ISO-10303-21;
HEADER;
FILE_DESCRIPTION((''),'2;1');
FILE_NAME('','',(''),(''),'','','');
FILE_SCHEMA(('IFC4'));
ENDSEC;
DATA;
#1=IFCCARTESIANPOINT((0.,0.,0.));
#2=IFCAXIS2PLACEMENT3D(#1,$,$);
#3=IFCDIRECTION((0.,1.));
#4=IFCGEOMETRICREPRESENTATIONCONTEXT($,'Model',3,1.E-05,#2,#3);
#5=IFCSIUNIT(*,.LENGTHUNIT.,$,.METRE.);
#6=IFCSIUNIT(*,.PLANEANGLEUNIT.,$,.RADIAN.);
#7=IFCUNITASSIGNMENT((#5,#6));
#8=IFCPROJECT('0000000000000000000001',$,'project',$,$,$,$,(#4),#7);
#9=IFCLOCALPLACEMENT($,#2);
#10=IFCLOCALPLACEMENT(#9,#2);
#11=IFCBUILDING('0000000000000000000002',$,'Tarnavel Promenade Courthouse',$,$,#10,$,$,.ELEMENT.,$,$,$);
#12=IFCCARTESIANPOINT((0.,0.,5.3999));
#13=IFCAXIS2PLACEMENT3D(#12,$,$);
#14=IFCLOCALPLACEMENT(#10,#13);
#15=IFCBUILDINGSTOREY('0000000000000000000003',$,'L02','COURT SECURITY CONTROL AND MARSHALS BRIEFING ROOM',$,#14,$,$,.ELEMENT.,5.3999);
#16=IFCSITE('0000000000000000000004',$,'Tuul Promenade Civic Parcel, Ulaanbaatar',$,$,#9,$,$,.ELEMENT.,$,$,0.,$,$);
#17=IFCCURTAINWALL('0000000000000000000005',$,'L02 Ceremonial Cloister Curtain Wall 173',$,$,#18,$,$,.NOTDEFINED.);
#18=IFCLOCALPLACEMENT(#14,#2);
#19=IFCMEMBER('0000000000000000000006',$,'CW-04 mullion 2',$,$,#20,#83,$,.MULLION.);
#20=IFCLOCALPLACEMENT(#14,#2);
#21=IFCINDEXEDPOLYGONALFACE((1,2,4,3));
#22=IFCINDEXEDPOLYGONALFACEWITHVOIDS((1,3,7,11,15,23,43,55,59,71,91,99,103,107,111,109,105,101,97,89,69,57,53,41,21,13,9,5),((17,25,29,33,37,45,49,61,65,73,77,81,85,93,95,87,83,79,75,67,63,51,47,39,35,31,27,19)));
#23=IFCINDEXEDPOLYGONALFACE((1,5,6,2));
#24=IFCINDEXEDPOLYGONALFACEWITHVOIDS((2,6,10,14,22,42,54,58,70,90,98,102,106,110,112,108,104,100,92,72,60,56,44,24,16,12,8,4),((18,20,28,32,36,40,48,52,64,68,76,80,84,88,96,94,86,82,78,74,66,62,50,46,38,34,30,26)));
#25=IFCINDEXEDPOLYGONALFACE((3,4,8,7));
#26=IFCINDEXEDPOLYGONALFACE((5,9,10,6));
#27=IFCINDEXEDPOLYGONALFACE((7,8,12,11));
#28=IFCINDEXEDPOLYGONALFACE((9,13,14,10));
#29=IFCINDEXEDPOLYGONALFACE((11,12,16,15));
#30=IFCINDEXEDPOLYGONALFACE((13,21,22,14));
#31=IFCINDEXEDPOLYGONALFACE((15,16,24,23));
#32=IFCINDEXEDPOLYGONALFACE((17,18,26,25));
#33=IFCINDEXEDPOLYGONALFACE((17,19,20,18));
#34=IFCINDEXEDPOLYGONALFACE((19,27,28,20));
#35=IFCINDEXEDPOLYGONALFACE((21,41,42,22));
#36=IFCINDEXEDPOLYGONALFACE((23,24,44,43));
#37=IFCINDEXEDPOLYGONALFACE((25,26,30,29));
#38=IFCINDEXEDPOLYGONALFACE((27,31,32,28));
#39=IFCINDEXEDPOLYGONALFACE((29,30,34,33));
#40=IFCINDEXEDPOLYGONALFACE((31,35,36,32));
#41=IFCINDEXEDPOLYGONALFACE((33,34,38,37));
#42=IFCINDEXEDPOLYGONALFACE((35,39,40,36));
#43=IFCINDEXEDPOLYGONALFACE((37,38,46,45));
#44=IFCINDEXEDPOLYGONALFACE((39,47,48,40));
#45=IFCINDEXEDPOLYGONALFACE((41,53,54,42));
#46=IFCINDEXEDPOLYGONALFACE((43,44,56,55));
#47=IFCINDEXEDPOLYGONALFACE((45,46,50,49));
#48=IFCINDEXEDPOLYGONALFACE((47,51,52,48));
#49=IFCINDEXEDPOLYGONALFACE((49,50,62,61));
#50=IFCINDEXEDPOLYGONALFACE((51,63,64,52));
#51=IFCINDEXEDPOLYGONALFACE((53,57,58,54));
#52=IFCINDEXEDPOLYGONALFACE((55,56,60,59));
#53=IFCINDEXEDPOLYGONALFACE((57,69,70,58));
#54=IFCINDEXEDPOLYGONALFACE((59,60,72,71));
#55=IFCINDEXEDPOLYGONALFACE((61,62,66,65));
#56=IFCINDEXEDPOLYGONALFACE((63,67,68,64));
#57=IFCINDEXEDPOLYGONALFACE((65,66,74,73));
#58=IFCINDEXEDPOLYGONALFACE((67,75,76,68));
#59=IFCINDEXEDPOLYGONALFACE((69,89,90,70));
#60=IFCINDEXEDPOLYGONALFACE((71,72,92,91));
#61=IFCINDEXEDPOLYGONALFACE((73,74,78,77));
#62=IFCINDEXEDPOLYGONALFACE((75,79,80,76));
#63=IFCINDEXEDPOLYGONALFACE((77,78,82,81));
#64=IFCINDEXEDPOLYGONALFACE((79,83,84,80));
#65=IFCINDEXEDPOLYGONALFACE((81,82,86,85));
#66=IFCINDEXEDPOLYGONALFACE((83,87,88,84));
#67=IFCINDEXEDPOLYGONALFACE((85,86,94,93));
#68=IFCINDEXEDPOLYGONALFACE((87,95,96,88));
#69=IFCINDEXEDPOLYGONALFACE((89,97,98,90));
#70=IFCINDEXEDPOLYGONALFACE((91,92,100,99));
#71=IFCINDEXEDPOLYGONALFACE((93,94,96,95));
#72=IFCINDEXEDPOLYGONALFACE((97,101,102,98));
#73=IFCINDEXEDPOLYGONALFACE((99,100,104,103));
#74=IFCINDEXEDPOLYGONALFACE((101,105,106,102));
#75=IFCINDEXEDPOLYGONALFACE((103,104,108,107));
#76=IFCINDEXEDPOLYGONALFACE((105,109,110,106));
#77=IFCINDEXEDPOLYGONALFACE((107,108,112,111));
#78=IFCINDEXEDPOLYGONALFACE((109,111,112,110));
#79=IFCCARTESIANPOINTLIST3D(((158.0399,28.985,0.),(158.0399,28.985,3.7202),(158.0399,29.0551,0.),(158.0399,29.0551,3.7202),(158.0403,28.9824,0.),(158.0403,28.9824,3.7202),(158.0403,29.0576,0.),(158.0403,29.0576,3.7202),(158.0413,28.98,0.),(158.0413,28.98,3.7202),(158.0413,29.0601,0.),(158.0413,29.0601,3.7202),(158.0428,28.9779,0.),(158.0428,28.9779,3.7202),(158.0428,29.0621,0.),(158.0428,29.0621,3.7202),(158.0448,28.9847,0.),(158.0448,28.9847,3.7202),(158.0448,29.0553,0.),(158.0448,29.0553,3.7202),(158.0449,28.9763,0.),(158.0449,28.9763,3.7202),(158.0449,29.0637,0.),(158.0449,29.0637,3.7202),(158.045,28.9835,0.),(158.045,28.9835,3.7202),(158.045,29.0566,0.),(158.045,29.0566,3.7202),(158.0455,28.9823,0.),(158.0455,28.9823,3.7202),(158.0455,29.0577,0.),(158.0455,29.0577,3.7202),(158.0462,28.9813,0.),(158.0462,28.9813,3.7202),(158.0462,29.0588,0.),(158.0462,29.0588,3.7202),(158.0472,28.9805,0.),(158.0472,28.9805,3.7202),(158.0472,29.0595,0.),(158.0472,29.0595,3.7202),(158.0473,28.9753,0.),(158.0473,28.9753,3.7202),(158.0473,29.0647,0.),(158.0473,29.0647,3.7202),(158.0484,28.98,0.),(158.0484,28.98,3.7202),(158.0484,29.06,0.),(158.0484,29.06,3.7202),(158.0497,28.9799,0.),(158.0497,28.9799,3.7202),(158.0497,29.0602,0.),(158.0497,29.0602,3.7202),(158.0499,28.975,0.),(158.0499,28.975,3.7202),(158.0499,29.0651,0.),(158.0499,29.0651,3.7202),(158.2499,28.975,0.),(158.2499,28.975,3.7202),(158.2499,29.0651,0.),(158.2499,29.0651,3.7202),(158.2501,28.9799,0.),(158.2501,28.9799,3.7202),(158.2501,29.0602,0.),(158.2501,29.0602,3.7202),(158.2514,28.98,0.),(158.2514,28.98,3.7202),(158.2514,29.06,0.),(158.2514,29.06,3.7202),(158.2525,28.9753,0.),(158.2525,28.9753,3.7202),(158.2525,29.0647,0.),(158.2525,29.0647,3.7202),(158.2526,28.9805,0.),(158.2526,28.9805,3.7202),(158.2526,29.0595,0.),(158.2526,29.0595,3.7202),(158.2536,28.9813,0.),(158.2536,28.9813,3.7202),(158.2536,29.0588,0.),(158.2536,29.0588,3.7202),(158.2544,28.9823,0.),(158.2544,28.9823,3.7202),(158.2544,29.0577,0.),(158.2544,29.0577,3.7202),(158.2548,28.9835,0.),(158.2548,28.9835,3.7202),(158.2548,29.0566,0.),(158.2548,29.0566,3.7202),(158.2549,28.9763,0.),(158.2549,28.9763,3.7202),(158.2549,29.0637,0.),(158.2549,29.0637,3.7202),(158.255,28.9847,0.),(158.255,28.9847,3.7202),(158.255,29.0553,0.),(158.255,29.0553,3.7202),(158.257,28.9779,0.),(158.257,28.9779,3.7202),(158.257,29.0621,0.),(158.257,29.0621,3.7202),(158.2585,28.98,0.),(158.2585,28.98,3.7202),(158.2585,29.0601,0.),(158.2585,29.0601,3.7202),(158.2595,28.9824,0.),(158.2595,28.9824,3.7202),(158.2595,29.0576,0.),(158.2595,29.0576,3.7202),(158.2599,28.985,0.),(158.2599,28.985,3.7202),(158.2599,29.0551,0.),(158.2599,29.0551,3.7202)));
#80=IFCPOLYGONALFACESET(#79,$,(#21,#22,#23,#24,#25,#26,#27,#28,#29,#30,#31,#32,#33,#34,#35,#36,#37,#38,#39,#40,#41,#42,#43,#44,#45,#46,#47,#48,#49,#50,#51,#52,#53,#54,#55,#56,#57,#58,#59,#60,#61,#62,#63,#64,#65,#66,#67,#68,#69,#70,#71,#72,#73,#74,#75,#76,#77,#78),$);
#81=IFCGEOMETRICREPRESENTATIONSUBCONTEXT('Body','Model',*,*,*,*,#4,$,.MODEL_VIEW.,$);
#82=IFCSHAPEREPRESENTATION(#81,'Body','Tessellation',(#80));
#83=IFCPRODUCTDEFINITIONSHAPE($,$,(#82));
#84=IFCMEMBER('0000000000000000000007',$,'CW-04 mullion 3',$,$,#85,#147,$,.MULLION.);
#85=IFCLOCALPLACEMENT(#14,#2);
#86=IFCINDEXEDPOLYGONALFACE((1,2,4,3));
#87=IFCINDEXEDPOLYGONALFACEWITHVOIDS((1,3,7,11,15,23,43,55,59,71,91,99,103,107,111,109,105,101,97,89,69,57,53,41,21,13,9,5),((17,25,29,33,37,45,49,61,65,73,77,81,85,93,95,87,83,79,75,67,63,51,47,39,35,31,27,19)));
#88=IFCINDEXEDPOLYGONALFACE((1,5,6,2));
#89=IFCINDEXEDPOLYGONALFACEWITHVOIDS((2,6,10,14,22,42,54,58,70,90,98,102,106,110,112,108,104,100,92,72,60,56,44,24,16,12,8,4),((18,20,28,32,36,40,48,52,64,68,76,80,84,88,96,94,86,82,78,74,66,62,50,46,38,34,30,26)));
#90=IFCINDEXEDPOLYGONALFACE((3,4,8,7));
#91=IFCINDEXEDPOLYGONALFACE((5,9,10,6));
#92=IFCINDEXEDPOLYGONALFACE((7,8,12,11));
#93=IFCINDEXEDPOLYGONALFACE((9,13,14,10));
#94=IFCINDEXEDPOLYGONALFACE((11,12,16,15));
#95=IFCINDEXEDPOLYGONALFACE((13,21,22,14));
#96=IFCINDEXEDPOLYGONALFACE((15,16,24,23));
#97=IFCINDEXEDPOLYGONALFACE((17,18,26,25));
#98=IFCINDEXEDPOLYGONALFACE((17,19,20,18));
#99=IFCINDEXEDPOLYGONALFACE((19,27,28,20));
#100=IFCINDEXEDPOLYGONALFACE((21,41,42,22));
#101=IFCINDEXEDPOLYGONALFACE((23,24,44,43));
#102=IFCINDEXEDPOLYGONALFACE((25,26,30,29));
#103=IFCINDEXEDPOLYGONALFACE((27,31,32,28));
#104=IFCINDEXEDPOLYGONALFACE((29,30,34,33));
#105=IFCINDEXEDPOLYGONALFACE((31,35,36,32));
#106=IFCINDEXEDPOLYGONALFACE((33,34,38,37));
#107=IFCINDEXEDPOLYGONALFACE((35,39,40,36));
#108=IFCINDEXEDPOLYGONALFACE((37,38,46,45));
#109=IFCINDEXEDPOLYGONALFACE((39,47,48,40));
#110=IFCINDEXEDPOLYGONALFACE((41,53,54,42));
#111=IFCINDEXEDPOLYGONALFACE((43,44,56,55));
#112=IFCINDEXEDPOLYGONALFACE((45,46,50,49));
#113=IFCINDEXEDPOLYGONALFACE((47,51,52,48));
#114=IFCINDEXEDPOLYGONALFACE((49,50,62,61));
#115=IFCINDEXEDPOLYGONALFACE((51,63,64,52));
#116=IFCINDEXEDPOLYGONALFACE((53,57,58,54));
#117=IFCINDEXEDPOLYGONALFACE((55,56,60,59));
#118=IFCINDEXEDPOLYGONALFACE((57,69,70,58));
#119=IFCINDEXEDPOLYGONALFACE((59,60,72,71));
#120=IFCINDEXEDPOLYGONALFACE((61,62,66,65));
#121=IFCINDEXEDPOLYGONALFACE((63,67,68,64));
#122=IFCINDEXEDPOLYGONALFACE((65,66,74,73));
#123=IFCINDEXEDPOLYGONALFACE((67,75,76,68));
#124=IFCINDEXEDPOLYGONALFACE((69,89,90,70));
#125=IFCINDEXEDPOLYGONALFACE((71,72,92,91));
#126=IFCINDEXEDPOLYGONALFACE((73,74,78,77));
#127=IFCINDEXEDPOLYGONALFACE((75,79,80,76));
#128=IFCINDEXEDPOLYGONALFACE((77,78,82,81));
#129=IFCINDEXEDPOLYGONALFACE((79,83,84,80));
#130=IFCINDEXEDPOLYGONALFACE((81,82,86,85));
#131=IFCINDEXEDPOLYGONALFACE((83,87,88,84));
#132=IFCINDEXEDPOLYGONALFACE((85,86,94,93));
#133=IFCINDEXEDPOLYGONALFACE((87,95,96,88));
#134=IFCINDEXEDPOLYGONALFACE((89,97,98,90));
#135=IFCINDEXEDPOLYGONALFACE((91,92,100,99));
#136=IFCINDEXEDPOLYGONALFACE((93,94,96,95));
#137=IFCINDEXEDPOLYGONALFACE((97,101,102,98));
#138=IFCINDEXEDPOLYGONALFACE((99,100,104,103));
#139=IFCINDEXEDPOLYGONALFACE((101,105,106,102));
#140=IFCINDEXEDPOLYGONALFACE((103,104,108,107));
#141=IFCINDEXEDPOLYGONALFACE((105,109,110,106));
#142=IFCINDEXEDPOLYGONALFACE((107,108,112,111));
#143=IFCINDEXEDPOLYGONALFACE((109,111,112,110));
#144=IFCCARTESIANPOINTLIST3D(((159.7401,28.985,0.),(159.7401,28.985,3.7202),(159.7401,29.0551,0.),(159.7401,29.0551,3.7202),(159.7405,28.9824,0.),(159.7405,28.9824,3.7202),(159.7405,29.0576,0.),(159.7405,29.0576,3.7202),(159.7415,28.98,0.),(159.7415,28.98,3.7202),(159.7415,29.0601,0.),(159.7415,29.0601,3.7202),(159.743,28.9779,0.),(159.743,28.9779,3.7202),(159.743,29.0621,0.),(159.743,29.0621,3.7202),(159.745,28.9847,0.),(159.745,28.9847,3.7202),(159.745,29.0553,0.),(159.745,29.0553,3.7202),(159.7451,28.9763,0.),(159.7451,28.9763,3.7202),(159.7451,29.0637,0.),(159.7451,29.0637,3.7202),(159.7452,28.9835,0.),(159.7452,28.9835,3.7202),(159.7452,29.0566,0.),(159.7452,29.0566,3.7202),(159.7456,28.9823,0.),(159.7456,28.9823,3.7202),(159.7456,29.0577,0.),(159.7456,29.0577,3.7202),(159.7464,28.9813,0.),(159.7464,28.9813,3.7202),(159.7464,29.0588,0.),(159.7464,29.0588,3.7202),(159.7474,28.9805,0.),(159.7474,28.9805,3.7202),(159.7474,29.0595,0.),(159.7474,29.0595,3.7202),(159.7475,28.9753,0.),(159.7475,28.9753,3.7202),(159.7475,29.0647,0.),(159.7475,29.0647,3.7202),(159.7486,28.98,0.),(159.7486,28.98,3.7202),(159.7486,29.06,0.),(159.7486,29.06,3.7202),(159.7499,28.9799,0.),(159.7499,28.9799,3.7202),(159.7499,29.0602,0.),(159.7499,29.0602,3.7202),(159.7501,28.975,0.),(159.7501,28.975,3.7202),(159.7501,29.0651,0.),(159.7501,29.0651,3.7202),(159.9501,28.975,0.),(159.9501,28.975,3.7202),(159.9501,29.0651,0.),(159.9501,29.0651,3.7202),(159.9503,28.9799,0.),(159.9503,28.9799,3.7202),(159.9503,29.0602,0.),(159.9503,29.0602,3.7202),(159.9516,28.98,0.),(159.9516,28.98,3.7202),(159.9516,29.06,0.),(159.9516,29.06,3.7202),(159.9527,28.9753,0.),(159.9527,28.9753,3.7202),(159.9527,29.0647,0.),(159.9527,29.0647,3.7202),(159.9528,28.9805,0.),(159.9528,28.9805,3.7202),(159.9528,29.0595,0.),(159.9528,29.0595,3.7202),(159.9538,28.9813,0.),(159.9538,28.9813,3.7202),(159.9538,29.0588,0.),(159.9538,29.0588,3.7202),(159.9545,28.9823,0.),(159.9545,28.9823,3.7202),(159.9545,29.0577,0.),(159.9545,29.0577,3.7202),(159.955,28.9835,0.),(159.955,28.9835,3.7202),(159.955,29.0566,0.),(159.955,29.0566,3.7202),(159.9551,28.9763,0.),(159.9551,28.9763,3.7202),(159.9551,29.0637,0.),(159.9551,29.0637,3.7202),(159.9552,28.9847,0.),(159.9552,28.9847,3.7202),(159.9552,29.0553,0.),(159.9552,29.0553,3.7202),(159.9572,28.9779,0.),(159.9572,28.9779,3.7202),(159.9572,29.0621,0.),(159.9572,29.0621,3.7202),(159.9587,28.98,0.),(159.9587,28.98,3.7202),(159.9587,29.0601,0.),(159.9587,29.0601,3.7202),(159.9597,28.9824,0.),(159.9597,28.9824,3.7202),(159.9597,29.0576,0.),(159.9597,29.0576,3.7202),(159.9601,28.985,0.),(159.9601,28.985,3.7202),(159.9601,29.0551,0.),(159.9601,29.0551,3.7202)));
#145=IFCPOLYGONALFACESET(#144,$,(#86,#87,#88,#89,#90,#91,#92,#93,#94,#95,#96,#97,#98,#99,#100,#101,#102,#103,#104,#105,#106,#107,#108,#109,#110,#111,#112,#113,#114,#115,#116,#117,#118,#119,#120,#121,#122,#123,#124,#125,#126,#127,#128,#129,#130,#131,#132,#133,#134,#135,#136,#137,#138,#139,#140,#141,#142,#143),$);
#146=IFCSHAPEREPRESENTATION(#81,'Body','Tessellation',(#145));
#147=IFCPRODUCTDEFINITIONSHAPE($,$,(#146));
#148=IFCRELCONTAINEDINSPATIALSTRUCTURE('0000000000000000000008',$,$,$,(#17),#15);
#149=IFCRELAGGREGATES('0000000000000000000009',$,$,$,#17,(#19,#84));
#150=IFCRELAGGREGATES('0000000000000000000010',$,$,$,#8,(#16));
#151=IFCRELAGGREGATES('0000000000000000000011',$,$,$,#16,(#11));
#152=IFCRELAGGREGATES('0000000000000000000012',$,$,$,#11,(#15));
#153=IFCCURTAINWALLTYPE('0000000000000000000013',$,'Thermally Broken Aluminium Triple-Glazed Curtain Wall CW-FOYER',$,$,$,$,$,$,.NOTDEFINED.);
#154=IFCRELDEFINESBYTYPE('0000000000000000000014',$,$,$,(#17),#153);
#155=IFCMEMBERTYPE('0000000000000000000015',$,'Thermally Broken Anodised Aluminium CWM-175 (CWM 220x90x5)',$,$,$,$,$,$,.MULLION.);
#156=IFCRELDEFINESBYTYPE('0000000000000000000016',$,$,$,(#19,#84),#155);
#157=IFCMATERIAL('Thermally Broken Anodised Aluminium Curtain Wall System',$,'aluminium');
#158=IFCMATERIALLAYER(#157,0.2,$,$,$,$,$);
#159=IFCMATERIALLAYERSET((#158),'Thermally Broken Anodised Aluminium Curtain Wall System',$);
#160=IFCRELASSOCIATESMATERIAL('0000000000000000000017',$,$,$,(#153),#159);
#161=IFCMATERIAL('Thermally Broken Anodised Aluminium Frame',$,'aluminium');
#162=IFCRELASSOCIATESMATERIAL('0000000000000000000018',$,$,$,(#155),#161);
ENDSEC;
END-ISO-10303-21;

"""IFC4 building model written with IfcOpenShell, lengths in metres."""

from ifc_helpers import new_model, si_unit, direction, frame, origin, origin_2d, place, context, subcontext, project, spatial, hollow_rectangle, extrude, material, layer, layer_set, material_profile, profile_set, type_object, element, aggregate, save


model = new_model("IFC4")

# Units and contexts
model_context = context("Model", 3, precision=1e-05, world=origin(), true_north=direction((0.0, 1.0)))
body_context = subcontext(model_context, "Body", "Model", "MODEL_VIEW")
ifc_project = project(units=[si_unit("LENGTHUNIT", "METRE"), si_unit("PLANEANGLEUNIT", "RADIAN")], contexts=[model_context])

# Site, building, storey
site_placement = place(None, origin())
site = spatial("IfcSite", under=ifc_project, at=site_placement, Name="Tuul Promenade Civic Parcel, Ulaanbaatar", CompositionType="ELEMENT", RefElevation=0.0)
building_placement = place(site_placement, origin())
building = spatial("IfcBuilding", under=site, at=building_placement, Name="Tarnavel Promenade Courthouse", CompositionType="ELEMENT")
storey_placement = place(building_placement, frame((0.0, 0.0, 5.3999)))
storey = spatial("IfcBuildingStorey", under=building, at=storey_placement, Name="L02", Description="COURT SECURITY CONTROL AND MARSHALS BRIEFING ROOM", CompositionType="ELEMENT", Elevation=5.3999)

# Curtain wall, members
ifc_material_1 = material(Name="Thermally Broken Anodised Aluminium Curtain Wall System", Category="aluminium")
ifc_layer_1 = layer(ifc_material_1, 0.2)
ifc_layer_set_1 = layer_set([ifc_layer_1], Name="Thermally Broken Anodised Aluminium Curtain Wall System")
curtain_wall_type = type_object("IfcCurtainWallType", Name="Thermally Broken Aluminium Triple-Glazed Curtain Wall CW-FOYER", PredefinedType="NOTDEFINED", material=ifc_layer_set_1)
curtain_wall_placement = place(storey_placement, origin())
curtain_wall = element("IfcCurtainWall", 1, at=curtain_wall_placement, inside=storey, type_object=curtain_wall_type, Name="L02 Ceremonial Cloister Curtain Wall 173", PredefinedType="NOTDEFINED")
ifc_material_2 = material(Name="Thermally Broken Anodised Aluminium Frame", Category="aluminium")
ifc_material_profile_1 = material_profile(ifc_material_2, hollow_rectangle(XDim=0.0901, YDim=0.22, WallThickness=0.0049, InnerFilletRadius=0.0049, OuterFilletRadius=0.01, at=origin_2d()), Name="CWM 220x90x5")
ifc_profile_set_1 = profile_set([ifc_material_profile_1], Name="Thermally Broken Anodised Aluminium Frame")
member_type_1 = type_object("IfcMemberType", Name="Thermally Broken Anodised Aluminium CWM-175 (CWM 220x90x5)", PredefinedType="MULLION", material=ifc_profile_set_1)
member_1_placement = place(storey_placement, frame((158.1499, 29.02, 0.0), z_axis=(0.0, 0.0, 1.0), x_axis=(0.0, 1.0, 0.0)))
member_1 = element("IfcMember", 2, at=member_1_placement, type_object=member_type_1, Name="CW-04 mullion 2", PredefinedType="MULLION", context=body_context, shape_type="SweptSolid", body=[
    extrude(hollow_rectangle(XDim=0.0901, YDim=0.22, WallThickness=0.0049, InnerFilletRadius=0.0049, OuterFilletRadius=0.01, at=origin_2d()), origin(), (0.0, 0.0, 1.0), 3.7202),
])
member_2_placement = place(storey_placement, frame((159.8501, 29.02, 0.0), z_axis=(0.0, 0.0, 1.0), x_axis=(0.0, 1.0, 0.0)))
member_2 = element("IfcMember", 3, at=member_2_placement, type_object=member_type_1, Name="CW-04 mullion 3", PredefinedType="MULLION", context=body_context, shape_type="SweptSolid", body=[
    extrude(hollow_rectangle(XDim=0.0901, YDim=0.22, WallThickness=0.0049, InnerFilletRadius=0.0049, OuterFilletRadius=0.01, at=origin_2d()), origin(), (0.0, 0.0, 1.0), 3.7202),
])
aggregate(curtain_wall, [member_1, member_2])

save(model, "model.ifc")
